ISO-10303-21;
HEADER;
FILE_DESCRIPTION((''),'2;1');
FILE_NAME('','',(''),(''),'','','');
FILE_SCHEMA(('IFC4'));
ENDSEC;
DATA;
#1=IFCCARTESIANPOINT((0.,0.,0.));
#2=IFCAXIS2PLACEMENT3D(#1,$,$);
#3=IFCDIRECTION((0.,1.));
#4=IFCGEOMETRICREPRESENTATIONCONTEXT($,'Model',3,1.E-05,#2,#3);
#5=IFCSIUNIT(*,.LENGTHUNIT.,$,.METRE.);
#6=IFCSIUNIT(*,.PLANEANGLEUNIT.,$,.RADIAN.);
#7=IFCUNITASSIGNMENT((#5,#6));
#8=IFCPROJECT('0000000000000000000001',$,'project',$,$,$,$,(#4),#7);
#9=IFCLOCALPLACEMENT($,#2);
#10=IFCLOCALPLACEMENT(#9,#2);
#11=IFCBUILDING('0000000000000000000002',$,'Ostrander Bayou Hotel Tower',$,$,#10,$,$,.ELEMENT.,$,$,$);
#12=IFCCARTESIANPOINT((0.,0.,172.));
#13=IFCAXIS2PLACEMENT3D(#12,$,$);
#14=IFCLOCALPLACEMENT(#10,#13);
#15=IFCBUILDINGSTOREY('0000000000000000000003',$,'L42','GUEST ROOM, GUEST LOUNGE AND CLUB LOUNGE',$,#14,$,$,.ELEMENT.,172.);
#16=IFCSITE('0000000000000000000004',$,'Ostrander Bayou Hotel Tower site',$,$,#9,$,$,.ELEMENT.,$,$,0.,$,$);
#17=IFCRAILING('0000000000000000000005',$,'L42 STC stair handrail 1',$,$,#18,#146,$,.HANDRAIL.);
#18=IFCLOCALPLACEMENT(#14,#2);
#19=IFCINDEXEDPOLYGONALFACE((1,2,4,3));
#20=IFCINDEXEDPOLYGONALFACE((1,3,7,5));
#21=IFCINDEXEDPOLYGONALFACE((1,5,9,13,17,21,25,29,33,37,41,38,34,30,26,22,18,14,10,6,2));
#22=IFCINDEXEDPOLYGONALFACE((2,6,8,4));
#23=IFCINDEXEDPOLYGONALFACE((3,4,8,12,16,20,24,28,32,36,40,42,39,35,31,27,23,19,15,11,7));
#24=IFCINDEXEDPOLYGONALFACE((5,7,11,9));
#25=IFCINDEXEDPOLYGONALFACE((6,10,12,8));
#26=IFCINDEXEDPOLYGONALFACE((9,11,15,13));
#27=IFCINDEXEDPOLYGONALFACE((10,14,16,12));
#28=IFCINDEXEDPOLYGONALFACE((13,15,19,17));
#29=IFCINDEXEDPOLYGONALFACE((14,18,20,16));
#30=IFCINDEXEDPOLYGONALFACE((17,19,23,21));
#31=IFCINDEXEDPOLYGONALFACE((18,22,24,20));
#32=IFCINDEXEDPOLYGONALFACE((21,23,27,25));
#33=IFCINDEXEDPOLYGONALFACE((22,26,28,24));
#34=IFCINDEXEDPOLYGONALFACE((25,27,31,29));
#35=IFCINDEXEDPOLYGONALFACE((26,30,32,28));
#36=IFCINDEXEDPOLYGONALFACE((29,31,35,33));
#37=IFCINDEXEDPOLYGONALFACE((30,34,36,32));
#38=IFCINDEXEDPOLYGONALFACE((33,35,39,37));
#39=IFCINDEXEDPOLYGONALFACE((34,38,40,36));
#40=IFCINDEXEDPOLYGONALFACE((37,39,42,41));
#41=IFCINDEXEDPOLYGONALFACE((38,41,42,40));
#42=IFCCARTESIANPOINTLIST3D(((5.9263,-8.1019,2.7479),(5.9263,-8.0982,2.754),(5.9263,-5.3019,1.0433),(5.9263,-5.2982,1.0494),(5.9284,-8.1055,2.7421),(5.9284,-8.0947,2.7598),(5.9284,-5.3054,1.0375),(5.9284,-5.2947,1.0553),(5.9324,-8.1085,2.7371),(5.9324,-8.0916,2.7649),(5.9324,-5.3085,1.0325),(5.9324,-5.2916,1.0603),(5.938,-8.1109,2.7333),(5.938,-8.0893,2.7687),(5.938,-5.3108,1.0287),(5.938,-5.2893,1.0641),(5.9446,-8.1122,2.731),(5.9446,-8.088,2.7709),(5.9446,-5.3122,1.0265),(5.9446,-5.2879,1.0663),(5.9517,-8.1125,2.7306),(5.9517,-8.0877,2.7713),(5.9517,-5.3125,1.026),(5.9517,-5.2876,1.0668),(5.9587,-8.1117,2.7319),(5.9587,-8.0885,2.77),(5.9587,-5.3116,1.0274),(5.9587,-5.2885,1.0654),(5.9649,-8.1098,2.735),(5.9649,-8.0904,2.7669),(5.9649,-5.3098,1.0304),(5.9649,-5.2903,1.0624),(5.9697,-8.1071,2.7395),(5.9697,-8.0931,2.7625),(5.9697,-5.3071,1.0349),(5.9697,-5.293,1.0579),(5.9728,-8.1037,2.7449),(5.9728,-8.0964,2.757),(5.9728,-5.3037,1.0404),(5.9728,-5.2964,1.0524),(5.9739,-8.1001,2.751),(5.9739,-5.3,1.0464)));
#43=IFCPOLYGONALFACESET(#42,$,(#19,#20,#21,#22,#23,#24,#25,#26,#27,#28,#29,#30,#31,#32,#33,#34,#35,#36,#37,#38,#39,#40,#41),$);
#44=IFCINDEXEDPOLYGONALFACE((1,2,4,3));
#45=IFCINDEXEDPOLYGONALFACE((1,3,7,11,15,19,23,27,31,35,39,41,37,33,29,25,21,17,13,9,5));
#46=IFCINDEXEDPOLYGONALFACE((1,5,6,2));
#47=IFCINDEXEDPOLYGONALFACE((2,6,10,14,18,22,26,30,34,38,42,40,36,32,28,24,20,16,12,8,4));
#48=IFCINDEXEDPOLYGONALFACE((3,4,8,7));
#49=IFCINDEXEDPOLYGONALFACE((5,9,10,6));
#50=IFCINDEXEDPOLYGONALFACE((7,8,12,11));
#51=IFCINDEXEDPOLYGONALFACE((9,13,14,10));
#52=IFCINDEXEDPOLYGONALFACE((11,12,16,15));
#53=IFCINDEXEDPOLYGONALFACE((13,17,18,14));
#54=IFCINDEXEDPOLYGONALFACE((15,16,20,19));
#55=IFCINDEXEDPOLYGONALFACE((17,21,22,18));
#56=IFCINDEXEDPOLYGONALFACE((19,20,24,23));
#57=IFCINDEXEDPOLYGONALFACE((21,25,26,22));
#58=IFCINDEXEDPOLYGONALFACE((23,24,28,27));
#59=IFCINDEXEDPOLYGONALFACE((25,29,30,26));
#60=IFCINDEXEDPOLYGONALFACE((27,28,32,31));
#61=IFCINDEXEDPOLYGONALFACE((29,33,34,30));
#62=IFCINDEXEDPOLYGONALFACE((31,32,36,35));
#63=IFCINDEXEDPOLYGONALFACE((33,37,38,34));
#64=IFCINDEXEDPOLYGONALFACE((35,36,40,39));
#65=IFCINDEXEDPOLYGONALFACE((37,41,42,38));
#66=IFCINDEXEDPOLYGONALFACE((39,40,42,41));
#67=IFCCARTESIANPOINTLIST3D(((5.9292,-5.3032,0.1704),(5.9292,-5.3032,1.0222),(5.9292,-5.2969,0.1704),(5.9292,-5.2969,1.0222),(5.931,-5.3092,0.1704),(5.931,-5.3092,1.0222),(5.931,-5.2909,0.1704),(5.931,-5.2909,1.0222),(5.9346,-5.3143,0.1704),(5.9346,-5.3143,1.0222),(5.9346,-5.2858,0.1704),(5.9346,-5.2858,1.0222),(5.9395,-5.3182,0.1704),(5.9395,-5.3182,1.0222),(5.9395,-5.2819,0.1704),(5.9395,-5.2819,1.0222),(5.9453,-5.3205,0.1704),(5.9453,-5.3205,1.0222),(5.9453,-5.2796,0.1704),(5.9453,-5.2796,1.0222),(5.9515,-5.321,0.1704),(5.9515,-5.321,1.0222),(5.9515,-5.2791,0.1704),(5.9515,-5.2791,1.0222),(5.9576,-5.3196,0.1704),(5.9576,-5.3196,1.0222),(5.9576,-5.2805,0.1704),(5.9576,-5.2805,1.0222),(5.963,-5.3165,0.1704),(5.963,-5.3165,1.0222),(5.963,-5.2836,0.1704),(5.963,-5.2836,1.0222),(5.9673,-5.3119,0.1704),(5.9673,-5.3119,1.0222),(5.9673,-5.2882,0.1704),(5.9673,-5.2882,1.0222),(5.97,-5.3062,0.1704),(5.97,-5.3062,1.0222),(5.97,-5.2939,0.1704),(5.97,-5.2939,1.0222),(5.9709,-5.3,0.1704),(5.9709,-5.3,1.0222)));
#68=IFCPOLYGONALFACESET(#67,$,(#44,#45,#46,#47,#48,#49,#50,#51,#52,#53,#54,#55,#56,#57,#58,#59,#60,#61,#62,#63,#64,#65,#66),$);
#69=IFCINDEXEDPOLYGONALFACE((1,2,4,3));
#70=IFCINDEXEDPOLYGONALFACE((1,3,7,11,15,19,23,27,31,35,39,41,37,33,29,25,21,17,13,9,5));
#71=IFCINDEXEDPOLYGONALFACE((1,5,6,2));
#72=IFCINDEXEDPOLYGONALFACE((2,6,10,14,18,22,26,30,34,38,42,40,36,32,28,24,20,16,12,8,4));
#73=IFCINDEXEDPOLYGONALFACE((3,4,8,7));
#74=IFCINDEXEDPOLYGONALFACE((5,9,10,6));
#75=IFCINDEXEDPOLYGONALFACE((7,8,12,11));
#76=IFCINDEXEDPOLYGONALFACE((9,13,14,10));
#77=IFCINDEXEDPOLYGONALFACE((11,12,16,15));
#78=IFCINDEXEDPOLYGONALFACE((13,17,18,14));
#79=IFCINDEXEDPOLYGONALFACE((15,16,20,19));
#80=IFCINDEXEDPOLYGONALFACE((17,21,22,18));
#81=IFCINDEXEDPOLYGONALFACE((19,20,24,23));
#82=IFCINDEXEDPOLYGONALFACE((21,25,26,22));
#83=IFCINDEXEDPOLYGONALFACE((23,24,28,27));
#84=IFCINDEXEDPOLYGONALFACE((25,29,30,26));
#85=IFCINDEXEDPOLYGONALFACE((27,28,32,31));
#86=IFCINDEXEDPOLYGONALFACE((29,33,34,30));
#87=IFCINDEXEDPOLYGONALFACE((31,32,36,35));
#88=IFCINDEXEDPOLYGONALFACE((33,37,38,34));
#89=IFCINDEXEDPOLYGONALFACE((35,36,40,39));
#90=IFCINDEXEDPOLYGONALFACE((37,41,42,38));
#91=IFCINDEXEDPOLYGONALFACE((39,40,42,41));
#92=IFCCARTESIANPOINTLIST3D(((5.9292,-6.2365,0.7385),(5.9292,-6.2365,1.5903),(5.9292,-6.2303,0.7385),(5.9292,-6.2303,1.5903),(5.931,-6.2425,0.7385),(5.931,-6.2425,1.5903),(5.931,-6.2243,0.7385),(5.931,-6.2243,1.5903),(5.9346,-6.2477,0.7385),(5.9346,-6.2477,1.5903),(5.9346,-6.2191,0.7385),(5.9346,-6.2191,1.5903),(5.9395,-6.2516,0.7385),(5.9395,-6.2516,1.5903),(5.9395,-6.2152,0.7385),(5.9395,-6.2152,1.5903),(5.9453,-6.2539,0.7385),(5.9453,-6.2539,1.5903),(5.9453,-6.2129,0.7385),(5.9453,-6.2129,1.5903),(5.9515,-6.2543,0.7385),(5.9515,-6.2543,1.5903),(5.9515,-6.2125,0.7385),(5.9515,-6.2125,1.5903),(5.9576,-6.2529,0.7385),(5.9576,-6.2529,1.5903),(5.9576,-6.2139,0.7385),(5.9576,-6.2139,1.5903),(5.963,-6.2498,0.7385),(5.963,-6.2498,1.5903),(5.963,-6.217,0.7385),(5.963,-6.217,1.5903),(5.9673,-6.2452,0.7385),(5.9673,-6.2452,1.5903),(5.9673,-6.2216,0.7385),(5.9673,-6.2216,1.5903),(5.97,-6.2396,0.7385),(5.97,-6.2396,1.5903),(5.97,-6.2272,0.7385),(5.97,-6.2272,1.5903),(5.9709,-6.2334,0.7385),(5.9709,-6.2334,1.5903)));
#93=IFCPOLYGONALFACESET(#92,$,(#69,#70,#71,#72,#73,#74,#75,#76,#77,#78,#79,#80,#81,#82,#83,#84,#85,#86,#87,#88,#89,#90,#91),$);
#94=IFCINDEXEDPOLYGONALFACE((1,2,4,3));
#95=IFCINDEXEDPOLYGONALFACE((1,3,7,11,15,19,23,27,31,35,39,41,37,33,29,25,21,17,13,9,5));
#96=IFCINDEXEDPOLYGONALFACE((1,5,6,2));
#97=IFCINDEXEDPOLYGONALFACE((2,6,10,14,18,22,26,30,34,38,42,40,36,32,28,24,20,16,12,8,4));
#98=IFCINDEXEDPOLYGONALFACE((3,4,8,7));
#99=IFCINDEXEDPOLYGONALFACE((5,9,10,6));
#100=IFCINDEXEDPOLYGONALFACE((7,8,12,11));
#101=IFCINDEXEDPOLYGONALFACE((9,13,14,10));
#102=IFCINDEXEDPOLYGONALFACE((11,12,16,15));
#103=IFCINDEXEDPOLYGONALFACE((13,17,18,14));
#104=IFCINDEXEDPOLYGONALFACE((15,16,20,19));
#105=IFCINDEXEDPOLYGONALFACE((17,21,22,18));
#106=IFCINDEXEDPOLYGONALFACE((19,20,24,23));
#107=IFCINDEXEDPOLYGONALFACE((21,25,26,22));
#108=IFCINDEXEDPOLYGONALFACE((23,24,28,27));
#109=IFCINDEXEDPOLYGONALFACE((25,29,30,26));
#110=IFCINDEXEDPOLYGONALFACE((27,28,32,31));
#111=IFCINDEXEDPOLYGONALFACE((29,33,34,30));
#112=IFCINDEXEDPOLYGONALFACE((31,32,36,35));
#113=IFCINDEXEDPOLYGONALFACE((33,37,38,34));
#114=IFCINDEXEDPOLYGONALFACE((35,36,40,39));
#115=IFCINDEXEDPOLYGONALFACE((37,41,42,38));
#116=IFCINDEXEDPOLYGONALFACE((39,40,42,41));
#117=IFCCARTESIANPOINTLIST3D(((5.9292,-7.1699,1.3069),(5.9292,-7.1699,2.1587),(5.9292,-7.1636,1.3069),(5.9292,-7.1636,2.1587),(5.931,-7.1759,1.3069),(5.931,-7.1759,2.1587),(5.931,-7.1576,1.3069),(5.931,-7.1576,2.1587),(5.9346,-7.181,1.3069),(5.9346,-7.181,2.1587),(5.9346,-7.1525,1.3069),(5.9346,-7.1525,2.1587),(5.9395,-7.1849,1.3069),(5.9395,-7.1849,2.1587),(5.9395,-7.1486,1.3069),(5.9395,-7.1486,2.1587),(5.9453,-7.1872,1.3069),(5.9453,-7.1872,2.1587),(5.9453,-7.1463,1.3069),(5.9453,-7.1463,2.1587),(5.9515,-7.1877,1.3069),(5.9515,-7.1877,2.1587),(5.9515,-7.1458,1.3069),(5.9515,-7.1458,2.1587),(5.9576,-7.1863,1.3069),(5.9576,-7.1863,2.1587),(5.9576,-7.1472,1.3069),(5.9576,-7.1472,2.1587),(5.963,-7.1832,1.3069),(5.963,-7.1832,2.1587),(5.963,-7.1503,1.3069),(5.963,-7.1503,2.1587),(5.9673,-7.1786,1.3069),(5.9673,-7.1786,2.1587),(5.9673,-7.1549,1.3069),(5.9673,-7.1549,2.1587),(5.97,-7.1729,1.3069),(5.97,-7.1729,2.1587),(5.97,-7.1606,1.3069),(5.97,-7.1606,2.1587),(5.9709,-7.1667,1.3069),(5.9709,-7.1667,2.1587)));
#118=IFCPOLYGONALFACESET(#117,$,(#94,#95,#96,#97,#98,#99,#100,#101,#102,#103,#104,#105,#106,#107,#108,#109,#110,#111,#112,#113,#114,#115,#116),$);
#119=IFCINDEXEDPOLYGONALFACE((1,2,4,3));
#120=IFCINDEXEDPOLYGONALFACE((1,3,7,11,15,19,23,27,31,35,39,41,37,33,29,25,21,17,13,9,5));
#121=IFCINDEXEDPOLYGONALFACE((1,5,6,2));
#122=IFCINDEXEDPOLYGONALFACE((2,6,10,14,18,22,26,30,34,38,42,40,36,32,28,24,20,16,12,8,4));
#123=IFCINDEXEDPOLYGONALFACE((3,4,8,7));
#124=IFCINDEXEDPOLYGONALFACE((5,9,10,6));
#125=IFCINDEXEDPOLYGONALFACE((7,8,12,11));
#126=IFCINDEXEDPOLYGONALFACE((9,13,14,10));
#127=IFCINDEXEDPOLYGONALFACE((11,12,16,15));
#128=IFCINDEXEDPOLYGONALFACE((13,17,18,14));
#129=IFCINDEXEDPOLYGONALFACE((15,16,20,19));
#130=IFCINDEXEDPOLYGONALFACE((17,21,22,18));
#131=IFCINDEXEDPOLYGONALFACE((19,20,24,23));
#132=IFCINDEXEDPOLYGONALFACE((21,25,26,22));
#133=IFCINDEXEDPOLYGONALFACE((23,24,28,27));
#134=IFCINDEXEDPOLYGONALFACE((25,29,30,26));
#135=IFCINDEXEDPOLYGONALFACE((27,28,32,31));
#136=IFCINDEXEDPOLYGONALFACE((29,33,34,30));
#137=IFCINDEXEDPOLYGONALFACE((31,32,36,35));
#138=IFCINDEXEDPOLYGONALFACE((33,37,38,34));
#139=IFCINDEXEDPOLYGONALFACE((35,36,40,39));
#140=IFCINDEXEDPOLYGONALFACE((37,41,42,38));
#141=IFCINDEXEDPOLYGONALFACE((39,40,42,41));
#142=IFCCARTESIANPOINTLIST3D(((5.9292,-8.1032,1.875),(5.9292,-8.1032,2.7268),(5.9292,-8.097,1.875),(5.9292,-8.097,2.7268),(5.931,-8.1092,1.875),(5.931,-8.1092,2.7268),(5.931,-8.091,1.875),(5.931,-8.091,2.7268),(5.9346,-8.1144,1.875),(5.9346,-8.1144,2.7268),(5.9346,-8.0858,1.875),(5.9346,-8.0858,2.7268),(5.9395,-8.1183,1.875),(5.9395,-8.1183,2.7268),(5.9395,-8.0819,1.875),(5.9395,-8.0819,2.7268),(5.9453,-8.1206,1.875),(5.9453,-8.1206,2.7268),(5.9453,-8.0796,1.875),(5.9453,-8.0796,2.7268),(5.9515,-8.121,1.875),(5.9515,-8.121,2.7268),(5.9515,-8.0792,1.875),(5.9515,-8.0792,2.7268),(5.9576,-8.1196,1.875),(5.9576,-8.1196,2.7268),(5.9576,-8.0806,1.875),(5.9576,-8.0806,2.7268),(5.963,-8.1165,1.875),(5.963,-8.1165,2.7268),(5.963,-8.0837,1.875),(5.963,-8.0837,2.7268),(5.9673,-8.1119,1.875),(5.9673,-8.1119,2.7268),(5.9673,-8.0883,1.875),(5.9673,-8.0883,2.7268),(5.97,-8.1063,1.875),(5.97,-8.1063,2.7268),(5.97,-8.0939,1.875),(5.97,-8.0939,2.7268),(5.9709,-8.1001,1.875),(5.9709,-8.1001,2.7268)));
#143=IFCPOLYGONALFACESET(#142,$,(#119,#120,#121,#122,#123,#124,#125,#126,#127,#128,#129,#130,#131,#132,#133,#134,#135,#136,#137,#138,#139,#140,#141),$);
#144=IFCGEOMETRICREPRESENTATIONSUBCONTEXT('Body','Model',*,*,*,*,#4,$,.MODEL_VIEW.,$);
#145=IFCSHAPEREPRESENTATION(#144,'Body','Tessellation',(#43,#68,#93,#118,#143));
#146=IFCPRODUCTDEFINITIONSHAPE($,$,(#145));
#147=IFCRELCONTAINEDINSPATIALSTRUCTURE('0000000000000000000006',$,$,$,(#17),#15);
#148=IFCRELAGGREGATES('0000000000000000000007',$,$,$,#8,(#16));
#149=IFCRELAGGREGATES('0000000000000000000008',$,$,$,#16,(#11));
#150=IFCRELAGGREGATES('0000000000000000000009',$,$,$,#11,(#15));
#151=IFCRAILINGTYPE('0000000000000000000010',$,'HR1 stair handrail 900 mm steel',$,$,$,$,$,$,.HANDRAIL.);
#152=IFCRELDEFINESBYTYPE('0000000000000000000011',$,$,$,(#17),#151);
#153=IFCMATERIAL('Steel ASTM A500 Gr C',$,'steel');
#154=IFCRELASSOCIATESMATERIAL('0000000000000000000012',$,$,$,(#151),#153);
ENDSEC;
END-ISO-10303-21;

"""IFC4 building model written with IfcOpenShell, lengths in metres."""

from ifc_helpers import new_model, si_unit, direction, frame, origin, origin_2d, place, context, subcontext, project, spatial, circle, extrude, material, type_object, element, save


model = new_model("IFC4")

# Units and contexts
model_context = context("Model", 3, precision=1e-05, world=origin(), true_north=direction((0.0, 1.0)))
body_context = subcontext(model_context, "Body", "Model", "MODEL_VIEW")
ifc_project = project(units=[si_unit("LENGTHUNIT", "METRE"), si_unit("PLANEANGLEUNIT", "RADIAN")], contexts=[model_context])

# Site, building, storey
site_placement = place(None, origin())
site = spatial("IfcSite", under=ifc_project, at=site_placement, Name="Ostrander Bayou Hotel Tower site", CompositionType="ELEMENT", RefElevation=0.0)
building_placement = place(site_placement, origin())
building = spatial("IfcBuilding", under=site, at=building_placement, Name="Ostrander Bayou Hotel Tower", CompositionType="ELEMENT")
storey_placement = place(building_placement, frame((0.0, 0.0, 172.0)))
storey = spatial("IfcBuildingStorey", under=building, at=storey_placement, Name="L42", Description="GUEST ROOM, GUEST LOUNGE AND CLUB LOUNGE", CompositionType="ELEMENT", Elevation=172.0)

# Railing
ifc_material_1 = material(Name="Steel ASTM A500 Gr C", Category="steel")
railing_type_1 = type_object("IfcRailingType", Name="HR1 stair handrail 900 mm steel", PredefinedType="HANDRAIL", material=ifc_material_1)
railing_1_placement = place(storey_placement, frame((5.95, -5.3, 0.1704)))
element("IfcRailing", 1, at=railing_1_placement, inside=storey, type_object=railing_type_1, Name="L42 STC stair handrail 1", PredefinedType="HANDRAIL", context=body_context, shape_type="SweptSolid", body=[
    extrude(circle(Radius=0.0239, at=origin_2d()), frame((0.0, 0.0, 0.876), z_axis=(0.0, -0.85417, 0.519994), x_axis=(1.0, 0.0, 0.0)), (0.0, 0.0, 1.0), 3.2781),
    extrude(circle(Radius=0.021, at=origin_2d()), origin(), (0.0, 0.0, 1.0), 0.8518),
    extrude(circle(Radius=0.021, at=origin_2d()), frame((0.0, -0.9333, 0.5681)), (0.0, 0.0, 1.0), 0.8518),
    extrude(circle(Radius=0.021, at=origin_2d()), frame((0.0, -1.8667, 1.1365)), (0.0, 0.0, 1.0), 0.8518),
    extrude(circle(Radius=0.021, at=origin_2d()), frame((0.0, -2.8, 1.7046)), (0.0, 0.0, 1.0), 0.8518),
])

save(model, "model.ifc")
